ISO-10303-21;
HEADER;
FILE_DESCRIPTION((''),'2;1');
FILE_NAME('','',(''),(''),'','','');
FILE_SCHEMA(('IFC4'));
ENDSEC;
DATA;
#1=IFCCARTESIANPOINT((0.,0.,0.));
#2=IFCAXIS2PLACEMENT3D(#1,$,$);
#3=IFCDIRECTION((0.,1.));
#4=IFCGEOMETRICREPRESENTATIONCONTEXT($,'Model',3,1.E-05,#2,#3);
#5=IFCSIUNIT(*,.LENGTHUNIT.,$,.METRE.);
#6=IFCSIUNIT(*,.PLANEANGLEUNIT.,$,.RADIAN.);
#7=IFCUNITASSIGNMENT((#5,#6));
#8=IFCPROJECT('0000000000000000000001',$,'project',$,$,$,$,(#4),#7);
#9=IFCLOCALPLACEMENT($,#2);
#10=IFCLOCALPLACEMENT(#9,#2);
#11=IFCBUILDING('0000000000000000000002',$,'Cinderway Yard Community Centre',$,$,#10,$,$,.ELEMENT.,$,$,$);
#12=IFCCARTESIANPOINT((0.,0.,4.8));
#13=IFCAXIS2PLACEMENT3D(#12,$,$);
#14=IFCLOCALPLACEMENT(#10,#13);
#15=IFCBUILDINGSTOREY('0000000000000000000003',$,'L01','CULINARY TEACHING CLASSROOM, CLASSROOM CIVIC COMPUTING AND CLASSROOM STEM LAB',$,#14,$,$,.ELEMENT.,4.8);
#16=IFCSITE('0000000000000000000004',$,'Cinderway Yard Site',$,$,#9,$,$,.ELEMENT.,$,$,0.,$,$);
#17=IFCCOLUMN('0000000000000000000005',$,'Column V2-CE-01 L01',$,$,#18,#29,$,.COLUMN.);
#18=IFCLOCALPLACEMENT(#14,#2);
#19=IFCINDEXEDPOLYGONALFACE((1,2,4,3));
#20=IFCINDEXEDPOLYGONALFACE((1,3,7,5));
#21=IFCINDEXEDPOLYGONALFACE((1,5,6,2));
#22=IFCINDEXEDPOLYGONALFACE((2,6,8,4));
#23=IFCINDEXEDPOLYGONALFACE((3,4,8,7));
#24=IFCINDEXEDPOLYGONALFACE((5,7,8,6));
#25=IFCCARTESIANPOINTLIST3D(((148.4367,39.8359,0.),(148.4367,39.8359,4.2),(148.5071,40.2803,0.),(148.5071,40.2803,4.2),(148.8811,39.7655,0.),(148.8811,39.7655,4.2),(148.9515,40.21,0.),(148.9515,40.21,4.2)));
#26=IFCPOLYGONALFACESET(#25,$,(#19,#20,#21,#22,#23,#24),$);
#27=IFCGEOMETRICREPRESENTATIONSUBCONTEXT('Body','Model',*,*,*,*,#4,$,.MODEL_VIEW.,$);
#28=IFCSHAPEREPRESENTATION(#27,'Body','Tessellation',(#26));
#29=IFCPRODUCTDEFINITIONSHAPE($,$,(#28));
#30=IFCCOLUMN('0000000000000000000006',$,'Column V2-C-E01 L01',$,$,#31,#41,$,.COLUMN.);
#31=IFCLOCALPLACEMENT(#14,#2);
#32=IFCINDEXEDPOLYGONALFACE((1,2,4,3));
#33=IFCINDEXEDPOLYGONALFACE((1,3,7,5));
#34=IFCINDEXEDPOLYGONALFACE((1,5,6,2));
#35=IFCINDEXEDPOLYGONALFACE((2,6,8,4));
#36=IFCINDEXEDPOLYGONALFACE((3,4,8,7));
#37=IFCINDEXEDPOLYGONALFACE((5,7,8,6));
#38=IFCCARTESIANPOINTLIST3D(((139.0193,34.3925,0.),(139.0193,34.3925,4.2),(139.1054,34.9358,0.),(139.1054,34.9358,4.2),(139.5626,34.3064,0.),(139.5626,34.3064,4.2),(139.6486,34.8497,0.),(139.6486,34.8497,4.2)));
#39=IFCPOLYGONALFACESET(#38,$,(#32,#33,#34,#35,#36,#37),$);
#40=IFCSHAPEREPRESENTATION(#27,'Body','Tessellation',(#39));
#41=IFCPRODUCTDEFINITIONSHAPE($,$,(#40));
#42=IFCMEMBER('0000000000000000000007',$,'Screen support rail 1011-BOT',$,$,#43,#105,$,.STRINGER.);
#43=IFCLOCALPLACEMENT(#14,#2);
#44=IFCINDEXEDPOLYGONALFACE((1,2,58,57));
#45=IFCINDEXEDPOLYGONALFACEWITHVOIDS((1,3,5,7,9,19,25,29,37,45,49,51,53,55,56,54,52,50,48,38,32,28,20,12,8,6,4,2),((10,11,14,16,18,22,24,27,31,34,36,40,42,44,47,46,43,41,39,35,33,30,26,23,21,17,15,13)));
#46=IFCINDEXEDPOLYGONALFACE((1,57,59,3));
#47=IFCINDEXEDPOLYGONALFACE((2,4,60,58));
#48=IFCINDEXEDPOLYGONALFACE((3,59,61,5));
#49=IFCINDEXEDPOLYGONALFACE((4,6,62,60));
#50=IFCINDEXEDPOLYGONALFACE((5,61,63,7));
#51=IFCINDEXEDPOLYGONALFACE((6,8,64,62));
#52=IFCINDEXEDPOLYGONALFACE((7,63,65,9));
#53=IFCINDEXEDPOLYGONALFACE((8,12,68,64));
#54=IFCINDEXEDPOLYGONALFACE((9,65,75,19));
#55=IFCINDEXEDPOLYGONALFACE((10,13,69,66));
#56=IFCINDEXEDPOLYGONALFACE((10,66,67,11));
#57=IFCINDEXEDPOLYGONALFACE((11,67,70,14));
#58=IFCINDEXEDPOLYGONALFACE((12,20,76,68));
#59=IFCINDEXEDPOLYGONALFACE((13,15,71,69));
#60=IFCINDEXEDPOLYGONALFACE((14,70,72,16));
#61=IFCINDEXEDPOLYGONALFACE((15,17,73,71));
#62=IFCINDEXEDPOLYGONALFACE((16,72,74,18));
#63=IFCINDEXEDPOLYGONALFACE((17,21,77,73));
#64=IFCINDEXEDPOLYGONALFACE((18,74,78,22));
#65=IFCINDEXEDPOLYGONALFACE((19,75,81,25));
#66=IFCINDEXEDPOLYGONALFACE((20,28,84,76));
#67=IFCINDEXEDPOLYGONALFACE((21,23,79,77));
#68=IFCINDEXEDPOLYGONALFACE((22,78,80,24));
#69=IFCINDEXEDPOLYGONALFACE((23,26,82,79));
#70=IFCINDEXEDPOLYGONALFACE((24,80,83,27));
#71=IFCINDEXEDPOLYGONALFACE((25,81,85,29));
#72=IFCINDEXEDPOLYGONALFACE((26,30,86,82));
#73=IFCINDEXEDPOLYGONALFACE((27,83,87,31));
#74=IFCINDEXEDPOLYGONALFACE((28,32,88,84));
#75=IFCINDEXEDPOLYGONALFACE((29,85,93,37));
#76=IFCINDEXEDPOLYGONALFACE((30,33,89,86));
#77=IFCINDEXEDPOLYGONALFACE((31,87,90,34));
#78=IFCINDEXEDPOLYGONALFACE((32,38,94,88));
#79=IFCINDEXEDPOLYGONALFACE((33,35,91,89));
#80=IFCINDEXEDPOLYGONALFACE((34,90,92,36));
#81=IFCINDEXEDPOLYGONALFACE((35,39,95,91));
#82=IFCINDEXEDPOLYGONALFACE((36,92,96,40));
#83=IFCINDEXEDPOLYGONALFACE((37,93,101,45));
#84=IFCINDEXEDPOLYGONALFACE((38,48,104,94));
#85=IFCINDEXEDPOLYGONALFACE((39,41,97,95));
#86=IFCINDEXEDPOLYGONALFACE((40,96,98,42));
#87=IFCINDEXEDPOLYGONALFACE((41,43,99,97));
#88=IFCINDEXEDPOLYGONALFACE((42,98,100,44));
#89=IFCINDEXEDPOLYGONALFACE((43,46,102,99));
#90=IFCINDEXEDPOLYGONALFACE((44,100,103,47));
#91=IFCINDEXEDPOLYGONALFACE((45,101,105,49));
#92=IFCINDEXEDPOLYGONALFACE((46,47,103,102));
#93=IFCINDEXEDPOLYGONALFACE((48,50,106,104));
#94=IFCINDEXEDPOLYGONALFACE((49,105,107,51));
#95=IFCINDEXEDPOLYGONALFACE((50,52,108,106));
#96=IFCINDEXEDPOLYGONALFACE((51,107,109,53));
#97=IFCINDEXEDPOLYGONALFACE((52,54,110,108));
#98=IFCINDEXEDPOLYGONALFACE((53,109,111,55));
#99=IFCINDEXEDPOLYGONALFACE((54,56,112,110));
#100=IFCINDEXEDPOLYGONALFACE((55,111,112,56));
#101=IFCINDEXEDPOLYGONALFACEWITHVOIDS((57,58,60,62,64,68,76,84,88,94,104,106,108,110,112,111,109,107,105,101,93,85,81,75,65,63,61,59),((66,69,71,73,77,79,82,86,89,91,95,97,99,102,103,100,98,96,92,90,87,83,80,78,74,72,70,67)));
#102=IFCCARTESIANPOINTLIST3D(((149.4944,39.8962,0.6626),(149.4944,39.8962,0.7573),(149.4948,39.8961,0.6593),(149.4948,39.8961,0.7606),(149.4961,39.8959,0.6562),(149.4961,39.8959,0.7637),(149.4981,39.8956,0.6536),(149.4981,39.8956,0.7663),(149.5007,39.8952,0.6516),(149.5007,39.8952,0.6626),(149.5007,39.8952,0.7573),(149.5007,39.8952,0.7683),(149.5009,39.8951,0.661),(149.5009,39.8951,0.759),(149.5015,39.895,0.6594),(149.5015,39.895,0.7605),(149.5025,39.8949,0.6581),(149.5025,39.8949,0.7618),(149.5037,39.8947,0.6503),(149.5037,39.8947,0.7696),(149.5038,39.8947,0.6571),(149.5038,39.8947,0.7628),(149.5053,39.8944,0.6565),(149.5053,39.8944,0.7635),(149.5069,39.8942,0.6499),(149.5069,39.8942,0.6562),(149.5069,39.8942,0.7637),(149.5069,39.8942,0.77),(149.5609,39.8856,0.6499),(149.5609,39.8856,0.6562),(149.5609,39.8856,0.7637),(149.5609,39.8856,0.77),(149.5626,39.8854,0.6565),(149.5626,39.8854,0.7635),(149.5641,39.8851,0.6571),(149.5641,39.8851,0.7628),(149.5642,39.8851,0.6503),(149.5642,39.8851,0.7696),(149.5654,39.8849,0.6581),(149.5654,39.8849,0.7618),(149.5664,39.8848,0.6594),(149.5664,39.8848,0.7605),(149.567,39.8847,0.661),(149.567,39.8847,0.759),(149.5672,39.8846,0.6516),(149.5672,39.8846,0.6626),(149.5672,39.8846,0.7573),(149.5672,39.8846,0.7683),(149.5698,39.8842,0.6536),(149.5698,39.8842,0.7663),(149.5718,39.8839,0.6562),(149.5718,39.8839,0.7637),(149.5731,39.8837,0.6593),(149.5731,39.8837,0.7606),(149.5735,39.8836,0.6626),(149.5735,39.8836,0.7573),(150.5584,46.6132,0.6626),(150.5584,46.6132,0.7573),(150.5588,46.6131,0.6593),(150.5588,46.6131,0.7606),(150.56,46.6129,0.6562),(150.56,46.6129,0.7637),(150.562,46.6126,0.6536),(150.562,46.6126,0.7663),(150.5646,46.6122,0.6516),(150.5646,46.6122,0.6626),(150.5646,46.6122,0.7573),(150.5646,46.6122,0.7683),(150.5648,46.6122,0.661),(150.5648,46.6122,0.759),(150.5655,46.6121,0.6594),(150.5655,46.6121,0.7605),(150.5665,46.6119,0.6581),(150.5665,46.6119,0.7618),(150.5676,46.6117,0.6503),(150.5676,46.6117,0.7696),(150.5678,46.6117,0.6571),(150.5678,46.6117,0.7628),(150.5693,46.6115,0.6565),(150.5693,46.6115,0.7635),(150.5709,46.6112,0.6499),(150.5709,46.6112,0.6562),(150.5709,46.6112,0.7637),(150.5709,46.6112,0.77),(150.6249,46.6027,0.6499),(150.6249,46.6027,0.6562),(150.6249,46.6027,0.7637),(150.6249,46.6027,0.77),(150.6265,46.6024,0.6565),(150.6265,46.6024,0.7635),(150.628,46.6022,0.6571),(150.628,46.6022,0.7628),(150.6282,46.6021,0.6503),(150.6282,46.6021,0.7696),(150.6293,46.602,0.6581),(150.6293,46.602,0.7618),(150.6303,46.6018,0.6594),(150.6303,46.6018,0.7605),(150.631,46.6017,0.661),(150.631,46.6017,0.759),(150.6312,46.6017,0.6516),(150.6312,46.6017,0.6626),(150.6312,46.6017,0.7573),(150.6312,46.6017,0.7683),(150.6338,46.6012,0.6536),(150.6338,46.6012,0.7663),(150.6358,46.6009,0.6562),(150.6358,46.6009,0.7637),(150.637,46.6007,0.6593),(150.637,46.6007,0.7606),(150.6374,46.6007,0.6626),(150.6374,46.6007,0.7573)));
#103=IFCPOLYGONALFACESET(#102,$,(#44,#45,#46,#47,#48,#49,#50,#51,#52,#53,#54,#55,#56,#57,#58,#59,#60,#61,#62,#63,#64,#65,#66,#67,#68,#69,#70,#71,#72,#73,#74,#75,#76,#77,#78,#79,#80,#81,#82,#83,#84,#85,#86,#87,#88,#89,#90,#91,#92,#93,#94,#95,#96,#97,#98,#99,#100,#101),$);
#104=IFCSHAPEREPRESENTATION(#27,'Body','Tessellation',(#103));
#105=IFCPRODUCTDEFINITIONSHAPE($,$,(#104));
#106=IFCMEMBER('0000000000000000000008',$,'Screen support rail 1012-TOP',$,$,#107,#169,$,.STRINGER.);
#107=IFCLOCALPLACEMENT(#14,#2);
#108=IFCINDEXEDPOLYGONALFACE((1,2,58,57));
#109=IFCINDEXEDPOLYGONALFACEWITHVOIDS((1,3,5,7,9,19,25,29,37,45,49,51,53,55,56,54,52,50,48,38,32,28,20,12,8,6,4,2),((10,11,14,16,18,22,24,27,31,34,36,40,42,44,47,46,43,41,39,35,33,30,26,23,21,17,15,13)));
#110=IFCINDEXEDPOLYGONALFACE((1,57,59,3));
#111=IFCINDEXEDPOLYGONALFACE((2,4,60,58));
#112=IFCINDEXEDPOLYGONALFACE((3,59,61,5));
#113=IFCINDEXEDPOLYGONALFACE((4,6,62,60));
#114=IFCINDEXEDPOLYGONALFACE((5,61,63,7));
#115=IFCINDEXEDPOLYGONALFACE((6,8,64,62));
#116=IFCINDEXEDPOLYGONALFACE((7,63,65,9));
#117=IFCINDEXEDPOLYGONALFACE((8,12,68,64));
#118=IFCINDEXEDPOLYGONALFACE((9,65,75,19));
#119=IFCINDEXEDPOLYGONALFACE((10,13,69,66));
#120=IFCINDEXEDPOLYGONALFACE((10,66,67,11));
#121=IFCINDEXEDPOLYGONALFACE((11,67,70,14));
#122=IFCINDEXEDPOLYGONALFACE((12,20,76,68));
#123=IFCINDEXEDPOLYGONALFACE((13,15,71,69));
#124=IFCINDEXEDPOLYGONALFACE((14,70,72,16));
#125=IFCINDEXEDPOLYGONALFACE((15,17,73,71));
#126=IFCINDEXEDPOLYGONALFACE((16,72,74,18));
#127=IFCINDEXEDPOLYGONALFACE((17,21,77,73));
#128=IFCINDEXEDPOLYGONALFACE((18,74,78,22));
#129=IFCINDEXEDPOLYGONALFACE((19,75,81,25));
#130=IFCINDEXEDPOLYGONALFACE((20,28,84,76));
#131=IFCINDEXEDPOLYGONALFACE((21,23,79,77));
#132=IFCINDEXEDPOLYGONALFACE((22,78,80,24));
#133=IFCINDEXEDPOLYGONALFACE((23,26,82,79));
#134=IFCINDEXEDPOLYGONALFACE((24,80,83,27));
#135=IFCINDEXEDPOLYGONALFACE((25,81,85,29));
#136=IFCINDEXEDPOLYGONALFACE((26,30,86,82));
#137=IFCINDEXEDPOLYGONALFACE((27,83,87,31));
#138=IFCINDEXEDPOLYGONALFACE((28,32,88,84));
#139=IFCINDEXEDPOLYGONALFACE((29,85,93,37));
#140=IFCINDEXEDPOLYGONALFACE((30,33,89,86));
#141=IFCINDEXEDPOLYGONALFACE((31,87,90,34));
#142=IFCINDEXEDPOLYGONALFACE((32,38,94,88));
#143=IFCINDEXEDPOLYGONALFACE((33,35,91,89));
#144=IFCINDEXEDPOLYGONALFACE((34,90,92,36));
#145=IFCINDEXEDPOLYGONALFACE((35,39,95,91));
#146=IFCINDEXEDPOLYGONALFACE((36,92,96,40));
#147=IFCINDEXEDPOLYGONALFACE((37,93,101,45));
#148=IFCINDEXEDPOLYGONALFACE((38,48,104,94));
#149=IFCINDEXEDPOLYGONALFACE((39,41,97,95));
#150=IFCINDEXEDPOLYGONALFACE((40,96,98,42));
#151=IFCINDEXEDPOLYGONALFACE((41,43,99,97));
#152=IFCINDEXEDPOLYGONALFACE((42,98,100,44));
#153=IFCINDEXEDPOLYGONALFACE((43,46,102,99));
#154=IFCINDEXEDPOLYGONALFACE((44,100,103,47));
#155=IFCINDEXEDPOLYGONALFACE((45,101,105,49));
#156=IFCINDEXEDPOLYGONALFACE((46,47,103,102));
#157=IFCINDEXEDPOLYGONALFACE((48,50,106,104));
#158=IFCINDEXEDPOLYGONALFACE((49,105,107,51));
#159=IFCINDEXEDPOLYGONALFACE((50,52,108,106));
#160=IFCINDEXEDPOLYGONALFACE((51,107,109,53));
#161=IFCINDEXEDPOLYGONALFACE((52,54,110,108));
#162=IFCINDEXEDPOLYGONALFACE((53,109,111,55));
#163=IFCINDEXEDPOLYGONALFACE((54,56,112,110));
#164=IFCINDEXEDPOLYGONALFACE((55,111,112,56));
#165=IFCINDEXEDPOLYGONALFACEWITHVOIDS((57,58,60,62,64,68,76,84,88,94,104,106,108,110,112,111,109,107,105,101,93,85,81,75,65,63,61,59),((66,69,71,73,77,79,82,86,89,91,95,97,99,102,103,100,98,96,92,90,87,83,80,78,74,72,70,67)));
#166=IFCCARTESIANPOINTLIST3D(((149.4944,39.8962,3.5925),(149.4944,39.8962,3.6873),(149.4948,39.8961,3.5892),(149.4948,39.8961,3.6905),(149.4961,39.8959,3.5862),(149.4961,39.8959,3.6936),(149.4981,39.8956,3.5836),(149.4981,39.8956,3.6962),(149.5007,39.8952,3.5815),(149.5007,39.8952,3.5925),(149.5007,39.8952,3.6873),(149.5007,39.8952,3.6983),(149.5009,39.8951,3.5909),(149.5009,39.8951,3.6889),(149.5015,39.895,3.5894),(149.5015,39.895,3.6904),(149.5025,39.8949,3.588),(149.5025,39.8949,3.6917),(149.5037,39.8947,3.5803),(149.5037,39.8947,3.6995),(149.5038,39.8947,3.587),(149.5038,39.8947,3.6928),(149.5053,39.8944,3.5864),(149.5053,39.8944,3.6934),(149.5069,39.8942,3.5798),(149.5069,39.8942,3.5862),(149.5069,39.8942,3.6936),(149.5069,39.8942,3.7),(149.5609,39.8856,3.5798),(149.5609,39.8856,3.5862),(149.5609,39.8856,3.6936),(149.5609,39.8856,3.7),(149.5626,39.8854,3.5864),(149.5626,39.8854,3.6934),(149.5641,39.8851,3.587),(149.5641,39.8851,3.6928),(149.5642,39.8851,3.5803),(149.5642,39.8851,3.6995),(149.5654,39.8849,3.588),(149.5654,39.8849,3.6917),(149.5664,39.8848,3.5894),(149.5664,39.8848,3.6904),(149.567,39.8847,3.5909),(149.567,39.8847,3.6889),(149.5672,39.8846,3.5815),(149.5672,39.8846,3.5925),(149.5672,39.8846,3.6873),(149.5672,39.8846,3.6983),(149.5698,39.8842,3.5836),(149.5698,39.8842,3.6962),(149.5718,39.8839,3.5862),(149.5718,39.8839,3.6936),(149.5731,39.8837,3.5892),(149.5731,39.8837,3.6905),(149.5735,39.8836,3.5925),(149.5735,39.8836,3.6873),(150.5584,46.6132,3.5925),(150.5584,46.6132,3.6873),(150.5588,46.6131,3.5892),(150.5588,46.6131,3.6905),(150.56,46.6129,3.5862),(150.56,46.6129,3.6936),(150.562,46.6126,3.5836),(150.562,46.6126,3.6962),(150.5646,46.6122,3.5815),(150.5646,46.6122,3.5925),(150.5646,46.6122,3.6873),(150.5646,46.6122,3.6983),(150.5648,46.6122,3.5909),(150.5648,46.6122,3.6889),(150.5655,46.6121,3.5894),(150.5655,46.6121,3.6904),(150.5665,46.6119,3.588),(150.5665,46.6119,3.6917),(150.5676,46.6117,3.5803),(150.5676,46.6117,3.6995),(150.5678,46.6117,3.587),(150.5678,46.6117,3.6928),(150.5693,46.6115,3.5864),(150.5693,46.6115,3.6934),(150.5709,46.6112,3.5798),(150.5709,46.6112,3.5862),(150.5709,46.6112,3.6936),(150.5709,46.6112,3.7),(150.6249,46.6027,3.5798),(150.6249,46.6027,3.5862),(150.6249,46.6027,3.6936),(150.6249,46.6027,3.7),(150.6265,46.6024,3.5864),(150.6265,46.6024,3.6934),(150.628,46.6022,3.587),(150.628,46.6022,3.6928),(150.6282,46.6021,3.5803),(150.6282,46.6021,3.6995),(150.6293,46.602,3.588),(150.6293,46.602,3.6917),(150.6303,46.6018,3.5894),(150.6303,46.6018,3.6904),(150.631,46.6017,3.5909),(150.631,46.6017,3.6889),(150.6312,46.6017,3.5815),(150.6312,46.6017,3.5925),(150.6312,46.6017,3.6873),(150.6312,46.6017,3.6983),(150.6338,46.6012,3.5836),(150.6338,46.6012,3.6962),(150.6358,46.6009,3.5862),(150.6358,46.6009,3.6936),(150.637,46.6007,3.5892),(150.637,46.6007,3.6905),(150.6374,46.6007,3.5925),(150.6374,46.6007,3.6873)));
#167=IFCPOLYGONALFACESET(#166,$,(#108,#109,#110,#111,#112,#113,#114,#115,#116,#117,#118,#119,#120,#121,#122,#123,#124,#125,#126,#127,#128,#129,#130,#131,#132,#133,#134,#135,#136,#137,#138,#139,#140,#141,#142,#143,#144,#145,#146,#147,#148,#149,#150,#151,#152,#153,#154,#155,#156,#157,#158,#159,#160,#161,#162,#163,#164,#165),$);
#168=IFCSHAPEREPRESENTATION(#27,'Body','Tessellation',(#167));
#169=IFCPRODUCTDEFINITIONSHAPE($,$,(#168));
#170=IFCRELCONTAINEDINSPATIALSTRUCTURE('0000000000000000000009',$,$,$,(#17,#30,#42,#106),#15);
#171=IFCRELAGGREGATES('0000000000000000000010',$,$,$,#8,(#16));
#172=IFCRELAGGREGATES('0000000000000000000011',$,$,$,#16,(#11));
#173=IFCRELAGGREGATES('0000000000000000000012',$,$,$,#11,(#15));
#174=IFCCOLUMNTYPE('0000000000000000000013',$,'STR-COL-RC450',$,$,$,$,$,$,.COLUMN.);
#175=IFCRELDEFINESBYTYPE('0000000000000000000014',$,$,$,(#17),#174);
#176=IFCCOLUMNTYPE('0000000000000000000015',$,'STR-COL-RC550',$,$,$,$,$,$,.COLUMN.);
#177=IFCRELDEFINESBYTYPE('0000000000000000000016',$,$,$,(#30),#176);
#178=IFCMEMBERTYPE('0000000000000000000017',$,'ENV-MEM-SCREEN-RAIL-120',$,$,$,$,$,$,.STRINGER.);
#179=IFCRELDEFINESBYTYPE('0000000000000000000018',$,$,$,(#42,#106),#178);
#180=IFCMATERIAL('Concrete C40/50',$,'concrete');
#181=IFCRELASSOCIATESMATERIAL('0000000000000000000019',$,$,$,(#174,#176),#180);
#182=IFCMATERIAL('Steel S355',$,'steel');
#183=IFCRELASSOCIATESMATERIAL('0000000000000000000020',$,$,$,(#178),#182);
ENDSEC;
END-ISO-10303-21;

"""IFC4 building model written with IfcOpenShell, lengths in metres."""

from ifc_helpers import new_model, si_unit, direction, frame, origin, origin_2d, place, context, subcontext, project, spatial, rectangle, hollow_rectangle, extrude, material, material_profile, profile_set, type_object, element, save


model = new_model("IFC4")

# Units and contexts
model_context = context("Model", 3, precision=1e-05, world=origin(), true_north=direction((0.0, 1.0)))
body_context = subcontext(model_context, "Body", "Model", "MODEL_VIEW")
ifc_project = project(units=[si_unit("LENGTHUNIT", "METRE"), si_unit("PLANEANGLEUNIT", "RADIAN")], contexts=[model_context])

# Site, building, storey
site_placement = place(None, origin())
site = spatial("IfcSite", under=ifc_project, at=site_placement, Name="Cinderway Yard Site", CompositionType="ELEMENT", RefElevation=0.0)
building_placement = place(site_placement, origin())
building = spatial("IfcBuilding", under=site, at=building_placement, Name="Cinderway Yard Community Centre", CompositionType="ELEMENT")
storey_placement = place(building_placement, frame((0.0, 0.0, 4.8)))
storey = spatial("IfcBuildingStorey", under=building, at=storey_placement, Name="L01", Description="CULINARY TEACHING CLASSROOM, CLASSROOM CIVIC COMPUTING AND CLASSROOM STEM LAB", CompositionType="ELEMENT", Elevation=4.8)

# Columns
ifc_material_1 = material(Name="Concrete C40/50", Category="concrete")
ifc_material_profile_1 = material_profile(ifc_material_1, rectangle(XDim=0.45, YDim=0.45, at=origin_2d()), Name="Concrete C40/50")
ifc_profile_set_1 = profile_set([ifc_material_profile_1], Name="Concrete C40/50")
column_type_1 = type_object("IfcColumnType", Name="STR-COL-RC450", PredefinedType="COLUMN", material=ifc_profile_set_1)
column_1_placement = place(storey_placement, frame((148.6941, 40.0229, 0.0), z_axis=(0.0, 0.0, 1.0), x_axis=(0.987688, -0.156434, 0.0)))
element("IfcColumn", 1, at=column_1_placement, inside=storey, type_object=column_type_1, Name="Column V2-CE-01 L01", PredefinedType="COLUMN", context=body_context, shape_type="SweptSolid", body=[
    extrude(rectangle(XDim=0.45, YDim=0.45, at=origin_2d()), origin(), (0.0, 0.0, 1.0), 4.2),
])
ifc_material_profile_2 = material_profile(ifc_material_1, rectangle(XDim=0.55, YDim=0.55, at=origin_2d()), Name="Concrete C40/50")
ifc_profile_set_2 = profile_set([ifc_material_profile_2], Name="Concrete C40/50")
column_type_2 = type_object("IfcColumnType", Name="STR-COL-RC550", PredefinedType="COLUMN", material=ifc_profile_set_2)
column_2_placement = place(storey_placement, frame((139.334, 34.6211, 0.0), z_axis=(0.0, 0.0, 1.0), x_axis=(0.987688, -0.156434, 0.0)))
element("IfcColumn", 2, at=column_2_placement, inside=storey, type_object=column_type_2, Name="Column V2-C-E01 L01", PredefinedType="COLUMN", context=body_context, shape_type="SweptSolid", body=[
    extrude(rectangle(XDim=0.55, YDim=0.55, at=origin_2d()), origin(), (0.0, 0.0, 1.0), 4.2),
])

# Members
ifc_material_2 = material(Name="Steel S355", Category="steel")
ifc_material_profile_3 = material_profile(ifc_material_2, hollow_rectangle(XDim=0.0801, YDim=0.1201, WallThickness=0.0063, InnerFilletRadius=0.0063, OuterFilletRadius=0.0127, at=origin_2d()), Name="Steel S355")
ifc_profile_set_3 = profile_set([ifc_material_profile_3], Name="Steel S355")
member_type_1 = type_object("IfcMemberType", Name="ENV-MEM-SCREEN-RAIL-120", PredefinedType="STRINGER", material=ifc_profile_set_3)
for number, where, z_axis, x_axis, name in (
    (3, (149.5339, 39.8899, 0.71), (0.156447, 0.987686, 0.0), (-0.987686, 0.156447, 0.0), "Screen support rail 1011-BOT"),
    (4, (149.5339, 39.8899, 3.6399), (0.156447, 0.987686, 0.0), (-0.987686, 0.156447, 0.0), "Screen support rail 1012-TOP"),
):
    element("IfcMember", number, at=place(storey_placement, frame(where, z_axis=z_axis, x_axis=x_axis)), inside=storey, type_object=member_type_1, Name=name, PredefinedType="STRINGER", context=body_context, shape_type="SweptSolid", body=[
        extrude(hollow_rectangle(XDim=0.0801, YDim=0.1201, WallThickness=0.0063, InnerFilletRadius=0.0063, OuterFilletRadius=0.0127, at=origin_2d()), origin(), (0.0, 0.0, 1.0), 6.8008),
    ])

save(model, "model.ifc")
